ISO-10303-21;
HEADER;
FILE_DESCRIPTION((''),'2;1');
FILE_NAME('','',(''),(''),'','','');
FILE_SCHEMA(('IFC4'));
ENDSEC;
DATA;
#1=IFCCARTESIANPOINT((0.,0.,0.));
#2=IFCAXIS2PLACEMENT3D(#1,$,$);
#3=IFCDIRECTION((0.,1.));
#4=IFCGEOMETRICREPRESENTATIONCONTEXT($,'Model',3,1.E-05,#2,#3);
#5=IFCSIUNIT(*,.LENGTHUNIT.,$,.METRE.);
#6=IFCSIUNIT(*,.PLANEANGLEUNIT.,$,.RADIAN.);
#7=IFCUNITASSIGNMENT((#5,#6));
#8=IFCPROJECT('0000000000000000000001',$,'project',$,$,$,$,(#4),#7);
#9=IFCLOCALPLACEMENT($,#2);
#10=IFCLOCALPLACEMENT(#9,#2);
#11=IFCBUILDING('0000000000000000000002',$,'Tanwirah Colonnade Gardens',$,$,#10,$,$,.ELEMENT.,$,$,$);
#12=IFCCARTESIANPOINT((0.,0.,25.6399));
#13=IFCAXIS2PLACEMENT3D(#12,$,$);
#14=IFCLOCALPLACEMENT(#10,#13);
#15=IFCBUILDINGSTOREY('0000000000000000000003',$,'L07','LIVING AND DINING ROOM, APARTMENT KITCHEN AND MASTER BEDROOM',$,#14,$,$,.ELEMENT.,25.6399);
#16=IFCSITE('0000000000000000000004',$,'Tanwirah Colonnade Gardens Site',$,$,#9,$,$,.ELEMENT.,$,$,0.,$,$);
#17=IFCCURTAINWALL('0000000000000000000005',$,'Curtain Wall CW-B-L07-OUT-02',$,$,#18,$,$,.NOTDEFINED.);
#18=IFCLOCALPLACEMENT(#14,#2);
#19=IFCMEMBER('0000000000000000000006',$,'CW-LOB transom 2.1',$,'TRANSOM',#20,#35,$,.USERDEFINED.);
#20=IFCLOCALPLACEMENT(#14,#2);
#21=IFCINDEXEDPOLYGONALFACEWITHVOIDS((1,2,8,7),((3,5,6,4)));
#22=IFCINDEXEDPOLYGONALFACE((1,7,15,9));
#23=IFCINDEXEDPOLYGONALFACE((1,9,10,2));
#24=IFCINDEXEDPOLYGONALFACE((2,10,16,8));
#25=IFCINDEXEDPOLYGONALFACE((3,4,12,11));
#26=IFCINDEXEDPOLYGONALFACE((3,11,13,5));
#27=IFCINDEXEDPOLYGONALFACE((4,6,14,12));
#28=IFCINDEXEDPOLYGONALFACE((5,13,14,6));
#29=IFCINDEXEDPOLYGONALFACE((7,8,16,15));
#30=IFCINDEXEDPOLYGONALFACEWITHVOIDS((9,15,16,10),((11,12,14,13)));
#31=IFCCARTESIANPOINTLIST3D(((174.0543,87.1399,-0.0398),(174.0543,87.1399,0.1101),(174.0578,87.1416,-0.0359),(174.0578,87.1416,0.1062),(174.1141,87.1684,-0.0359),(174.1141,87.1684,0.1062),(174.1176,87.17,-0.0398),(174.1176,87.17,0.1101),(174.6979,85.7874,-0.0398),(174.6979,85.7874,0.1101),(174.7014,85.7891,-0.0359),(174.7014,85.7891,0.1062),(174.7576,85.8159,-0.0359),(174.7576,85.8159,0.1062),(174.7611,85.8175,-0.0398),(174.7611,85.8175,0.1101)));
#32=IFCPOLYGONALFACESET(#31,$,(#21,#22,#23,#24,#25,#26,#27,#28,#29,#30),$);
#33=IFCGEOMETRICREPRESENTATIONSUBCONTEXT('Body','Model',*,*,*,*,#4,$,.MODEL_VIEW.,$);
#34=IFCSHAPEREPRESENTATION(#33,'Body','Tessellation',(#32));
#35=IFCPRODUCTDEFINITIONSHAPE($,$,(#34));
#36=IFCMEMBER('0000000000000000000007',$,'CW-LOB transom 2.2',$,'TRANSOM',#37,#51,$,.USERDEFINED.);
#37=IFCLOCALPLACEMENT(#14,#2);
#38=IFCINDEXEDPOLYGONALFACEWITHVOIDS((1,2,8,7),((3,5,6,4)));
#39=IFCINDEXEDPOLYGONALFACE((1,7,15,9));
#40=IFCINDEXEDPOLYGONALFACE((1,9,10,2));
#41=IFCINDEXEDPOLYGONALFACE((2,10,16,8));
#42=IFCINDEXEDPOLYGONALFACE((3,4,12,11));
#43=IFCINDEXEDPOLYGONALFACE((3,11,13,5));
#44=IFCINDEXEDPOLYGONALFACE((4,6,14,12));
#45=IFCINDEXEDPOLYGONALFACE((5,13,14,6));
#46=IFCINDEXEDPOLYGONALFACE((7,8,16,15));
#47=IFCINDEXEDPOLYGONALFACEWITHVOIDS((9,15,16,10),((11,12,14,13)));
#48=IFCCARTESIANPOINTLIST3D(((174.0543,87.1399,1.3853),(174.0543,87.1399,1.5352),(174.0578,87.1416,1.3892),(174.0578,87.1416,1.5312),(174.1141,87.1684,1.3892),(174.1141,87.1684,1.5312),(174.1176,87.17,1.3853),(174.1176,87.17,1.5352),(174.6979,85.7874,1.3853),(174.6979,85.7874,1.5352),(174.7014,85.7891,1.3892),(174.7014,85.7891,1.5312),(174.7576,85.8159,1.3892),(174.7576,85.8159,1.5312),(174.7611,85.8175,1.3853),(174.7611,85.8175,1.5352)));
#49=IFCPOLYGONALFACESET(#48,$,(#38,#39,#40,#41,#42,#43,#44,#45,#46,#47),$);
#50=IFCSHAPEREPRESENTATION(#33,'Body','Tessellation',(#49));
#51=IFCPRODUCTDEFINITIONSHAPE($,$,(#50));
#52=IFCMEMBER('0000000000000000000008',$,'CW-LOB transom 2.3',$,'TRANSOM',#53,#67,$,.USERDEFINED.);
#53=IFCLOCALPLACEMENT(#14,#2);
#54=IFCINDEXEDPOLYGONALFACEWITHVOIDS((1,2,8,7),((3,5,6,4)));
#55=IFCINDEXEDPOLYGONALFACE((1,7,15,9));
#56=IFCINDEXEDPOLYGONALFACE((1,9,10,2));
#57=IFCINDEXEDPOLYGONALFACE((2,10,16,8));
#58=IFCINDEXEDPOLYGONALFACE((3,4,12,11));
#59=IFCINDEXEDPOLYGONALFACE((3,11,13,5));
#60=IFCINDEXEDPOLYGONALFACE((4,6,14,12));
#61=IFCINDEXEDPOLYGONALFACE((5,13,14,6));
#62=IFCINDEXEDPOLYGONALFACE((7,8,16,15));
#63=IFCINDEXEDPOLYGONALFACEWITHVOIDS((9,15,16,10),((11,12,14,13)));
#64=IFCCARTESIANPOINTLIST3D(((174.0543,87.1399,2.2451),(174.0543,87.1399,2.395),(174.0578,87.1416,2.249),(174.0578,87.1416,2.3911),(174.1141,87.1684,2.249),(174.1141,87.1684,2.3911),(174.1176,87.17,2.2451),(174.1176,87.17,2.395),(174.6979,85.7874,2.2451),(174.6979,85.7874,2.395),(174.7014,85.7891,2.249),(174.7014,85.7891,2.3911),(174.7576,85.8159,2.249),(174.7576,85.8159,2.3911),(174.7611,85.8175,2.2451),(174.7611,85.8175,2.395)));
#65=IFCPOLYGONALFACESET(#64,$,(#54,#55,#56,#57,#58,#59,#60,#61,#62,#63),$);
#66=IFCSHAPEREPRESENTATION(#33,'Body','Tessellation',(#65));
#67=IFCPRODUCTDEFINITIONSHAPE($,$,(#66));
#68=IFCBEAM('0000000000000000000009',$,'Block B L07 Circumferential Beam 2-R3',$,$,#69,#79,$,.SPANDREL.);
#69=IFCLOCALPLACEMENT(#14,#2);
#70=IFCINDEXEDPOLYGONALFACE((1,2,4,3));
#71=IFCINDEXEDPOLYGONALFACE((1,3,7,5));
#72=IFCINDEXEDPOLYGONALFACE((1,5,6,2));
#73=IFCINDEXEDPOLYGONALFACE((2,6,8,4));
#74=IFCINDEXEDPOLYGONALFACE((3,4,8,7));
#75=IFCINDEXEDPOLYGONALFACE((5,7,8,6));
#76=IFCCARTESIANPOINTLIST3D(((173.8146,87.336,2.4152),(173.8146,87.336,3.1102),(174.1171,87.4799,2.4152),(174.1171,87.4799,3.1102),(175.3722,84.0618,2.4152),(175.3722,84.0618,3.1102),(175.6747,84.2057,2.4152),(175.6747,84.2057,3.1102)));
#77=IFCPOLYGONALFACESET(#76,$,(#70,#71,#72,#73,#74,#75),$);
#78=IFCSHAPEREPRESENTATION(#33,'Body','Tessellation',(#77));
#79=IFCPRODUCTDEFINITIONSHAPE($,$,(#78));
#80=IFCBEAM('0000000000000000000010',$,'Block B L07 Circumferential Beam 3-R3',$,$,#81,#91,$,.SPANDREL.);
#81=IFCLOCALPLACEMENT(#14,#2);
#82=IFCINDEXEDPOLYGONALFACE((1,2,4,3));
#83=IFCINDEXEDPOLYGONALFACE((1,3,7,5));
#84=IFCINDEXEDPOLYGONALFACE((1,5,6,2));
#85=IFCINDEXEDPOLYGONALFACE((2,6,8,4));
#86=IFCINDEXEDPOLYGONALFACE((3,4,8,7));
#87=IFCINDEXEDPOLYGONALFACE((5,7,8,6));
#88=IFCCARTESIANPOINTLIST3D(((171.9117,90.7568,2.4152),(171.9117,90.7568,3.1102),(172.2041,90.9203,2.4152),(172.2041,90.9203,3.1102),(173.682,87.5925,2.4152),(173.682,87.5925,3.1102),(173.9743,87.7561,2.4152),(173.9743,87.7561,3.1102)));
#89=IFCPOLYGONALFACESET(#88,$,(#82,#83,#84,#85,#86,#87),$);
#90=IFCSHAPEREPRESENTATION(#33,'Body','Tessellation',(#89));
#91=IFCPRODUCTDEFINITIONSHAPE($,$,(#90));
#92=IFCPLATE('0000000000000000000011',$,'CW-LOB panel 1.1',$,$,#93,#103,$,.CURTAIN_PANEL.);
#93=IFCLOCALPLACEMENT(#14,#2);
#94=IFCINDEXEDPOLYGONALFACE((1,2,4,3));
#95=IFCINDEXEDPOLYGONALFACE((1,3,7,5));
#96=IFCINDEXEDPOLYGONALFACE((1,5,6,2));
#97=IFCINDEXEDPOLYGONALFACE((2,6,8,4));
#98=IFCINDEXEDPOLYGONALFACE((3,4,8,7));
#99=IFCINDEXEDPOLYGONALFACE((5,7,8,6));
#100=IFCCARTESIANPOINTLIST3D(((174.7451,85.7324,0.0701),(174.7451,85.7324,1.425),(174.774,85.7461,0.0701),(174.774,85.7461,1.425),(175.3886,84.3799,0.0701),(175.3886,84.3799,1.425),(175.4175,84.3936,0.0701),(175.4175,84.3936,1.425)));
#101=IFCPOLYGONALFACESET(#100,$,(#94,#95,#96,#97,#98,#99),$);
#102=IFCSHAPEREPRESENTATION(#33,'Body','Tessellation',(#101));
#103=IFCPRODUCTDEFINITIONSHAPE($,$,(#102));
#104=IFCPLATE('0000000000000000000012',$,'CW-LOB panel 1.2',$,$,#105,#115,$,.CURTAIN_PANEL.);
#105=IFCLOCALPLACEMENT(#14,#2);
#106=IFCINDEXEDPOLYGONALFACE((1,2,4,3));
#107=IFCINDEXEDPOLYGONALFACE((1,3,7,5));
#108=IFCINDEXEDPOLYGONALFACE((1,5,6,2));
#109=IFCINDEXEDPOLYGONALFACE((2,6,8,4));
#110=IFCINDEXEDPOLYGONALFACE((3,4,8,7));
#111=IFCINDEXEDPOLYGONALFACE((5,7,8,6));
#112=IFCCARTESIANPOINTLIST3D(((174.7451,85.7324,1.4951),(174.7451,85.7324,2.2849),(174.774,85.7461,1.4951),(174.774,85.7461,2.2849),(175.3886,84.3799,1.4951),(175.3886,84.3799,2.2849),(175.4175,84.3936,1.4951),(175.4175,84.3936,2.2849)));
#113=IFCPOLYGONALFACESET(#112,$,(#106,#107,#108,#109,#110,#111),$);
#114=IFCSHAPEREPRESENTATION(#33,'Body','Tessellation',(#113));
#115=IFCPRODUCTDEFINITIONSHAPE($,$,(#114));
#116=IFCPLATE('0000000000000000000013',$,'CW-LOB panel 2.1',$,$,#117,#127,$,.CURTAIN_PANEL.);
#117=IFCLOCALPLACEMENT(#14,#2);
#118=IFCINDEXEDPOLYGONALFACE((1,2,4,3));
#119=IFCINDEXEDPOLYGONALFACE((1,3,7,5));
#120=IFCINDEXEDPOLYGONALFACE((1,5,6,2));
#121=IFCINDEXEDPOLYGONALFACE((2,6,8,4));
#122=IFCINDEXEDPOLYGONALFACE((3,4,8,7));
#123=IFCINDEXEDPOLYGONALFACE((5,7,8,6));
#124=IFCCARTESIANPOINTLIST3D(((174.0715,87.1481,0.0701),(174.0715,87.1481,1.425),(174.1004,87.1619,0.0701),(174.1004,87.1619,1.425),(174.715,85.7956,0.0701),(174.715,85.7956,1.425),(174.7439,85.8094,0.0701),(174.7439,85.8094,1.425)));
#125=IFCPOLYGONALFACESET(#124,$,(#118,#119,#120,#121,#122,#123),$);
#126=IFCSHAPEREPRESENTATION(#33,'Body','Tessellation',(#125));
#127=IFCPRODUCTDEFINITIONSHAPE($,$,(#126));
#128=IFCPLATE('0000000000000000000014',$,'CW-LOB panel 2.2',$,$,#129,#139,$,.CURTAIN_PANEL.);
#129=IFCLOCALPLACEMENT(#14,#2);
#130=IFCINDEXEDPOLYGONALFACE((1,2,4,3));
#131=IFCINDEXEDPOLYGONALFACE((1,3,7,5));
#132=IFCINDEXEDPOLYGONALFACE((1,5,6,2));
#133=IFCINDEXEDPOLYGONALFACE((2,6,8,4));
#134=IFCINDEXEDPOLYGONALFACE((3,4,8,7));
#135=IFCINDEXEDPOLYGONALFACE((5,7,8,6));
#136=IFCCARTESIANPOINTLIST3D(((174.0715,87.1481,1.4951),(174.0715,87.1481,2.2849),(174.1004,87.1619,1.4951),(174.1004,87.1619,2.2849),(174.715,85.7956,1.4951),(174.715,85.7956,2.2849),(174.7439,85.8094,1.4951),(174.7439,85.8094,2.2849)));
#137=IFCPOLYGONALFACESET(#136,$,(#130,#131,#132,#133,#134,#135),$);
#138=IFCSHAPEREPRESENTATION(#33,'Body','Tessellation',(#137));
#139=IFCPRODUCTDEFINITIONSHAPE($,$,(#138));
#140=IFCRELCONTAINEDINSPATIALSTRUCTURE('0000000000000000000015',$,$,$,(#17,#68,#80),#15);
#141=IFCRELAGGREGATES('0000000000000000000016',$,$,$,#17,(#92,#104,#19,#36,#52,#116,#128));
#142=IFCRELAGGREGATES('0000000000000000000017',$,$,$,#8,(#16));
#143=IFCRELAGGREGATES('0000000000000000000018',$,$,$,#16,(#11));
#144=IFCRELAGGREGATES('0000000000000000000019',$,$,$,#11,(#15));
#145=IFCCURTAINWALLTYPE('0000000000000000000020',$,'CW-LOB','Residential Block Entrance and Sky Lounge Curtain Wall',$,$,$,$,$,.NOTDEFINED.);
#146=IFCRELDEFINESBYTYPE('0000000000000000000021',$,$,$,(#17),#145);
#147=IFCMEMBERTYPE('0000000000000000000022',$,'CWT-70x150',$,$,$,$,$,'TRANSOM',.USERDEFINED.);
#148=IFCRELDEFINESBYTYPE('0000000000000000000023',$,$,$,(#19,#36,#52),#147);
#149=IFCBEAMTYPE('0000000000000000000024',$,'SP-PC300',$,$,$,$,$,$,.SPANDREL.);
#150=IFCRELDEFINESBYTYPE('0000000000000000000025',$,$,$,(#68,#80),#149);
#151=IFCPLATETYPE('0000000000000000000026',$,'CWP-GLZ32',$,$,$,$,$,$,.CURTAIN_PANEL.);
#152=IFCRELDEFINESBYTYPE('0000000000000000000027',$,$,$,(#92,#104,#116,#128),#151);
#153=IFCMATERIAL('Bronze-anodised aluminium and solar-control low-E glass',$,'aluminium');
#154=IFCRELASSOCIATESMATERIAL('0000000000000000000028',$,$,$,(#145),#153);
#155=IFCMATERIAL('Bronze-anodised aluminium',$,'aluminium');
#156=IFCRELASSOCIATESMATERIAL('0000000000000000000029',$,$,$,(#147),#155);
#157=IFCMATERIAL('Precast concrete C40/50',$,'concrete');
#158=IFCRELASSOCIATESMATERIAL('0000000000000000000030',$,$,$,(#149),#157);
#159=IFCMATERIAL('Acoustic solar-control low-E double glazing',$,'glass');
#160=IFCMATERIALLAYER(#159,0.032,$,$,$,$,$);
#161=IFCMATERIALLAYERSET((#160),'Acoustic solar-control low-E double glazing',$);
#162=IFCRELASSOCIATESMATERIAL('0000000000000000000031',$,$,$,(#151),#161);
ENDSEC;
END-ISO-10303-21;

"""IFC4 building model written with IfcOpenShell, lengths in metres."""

from ifc_helpers import new_model, si_unit, direction, frame, origin, origin_2d, place, context, subcontext, project, spatial, rectangle, hollow_rectangle, extrude, material, layer, layer_set, material_profile, profile_set, type_object, element, aggregate, save


model = new_model("IFC4")

# Units and contexts
model_context = context("Model", 3, precision=1e-05, world=origin(), true_north=direction((0.0, 1.0)))
body_context = subcontext(model_context, "Body", "Model", "MODEL_VIEW")
ifc_project = project(units=[si_unit("LENGTHUNIT", "METRE"), si_unit("PLANEANGLEUNIT", "RADIAN")], contexts=[model_context])

# Site, building, storey
site_placement = place(None, origin())
site = spatial("IfcSite", under=ifc_project, at=site_placement, Name="Tanwirah Colonnade Gardens Site", CompositionType="ELEMENT", RefElevation=0.0)
building_placement = place(site_placement, origin())
building = spatial("IfcBuilding", under=site, at=building_placement, Name="Tanwirah Colonnade Gardens", CompositionType="ELEMENT")
storey_placement = place(building_placement, frame((0.0, 0.0, 25.6399)))
storey = spatial("IfcBuildingStorey", under=building, at=storey_placement, Name="L07", Description="LIVING AND DINING ROOM, APARTMENT KITCHEN AND MASTER BEDROOM", CompositionType="ELEMENT", Elevation=25.6399)

# Shared definitions
ifc_material_1 = material(Name="Precast concrete C40/50", Category="concrete")

# Curtain wall, members
ifc_material_2 = material(Name="Bronze-anodised aluminium and solar-control low-E glass", Category="aluminium")
curtain_wall_type = type_object("IfcCurtainWallType", Name="CW-LOB", Description="Residential Block Entrance and Sky Lounge Curtain Wall", PredefinedType="NOTDEFINED", material=ifc_material_2)
curtain_wall_placement = place(storey_placement, origin())
curtain_wall = element("IfcCurtainWall", 1, at=curtain_wall_placement, inside=storey, type_object=curtain_wall_type, Name="Curtain Wall CW-B-L07-OUT-02", PredefinedType="NOTDEFINED")
ifc_material_3 = material(Name="Bronze-anodised aluminium", Category="aluminium")
ifc_material_profile_1 = material_profile(ifc_material_3, hollow_rectangle(XDim=0.0701, YDim=0.1499, WallThickness=0.0039, at=origin_2d()), Name="CW-TRN 70x150x4")
ifc_profile_set_1 = profile_set([ifc_material_profile_1], Name="Bronze-anodised aluminium")
member_type_1 = type_object("IfcMemberType", Name="CWT-70x150", ElementType="TRANSOM", PredefinedType="USERDEFINED", material=ifc_profile_set_1)
member_1_placement = place(storey_placement, frame((174.7295, 85.8025, 0.0352), z_axis=(-0.429655, 0.902993, 0.0), x_axis=(-0.902993, -0.429655, 0.0)))
member_1 = element("IfcMember", 2, at=member_1_placement, type_object=member_type_1, Name="CW-LOB transom 2.1", ObjectType="TRANSOM", PredefinedType="USERDEFINED", context=body_context, shape_type="SweptSolid", body=[
    extrude(hollow_rectangle(XDim=0.0701, YDim=0.1499, WallThickness=0.0039, at=origin_2d()), origin(), (0.0, 0.0, 1.0), 1.4978),
])
member_2_placement = place(storey_placement, frame((174.7295, 85.8025, 1.4602), z_axis=(-0.429655, 0.902993, 0.0), x_axis=(-0.902993, -0.429655, 0.0)))
member_2 = element("IfcMember", 3, at=member_2_placement, type_object=member_type_1, Name="CW-LOB transom 2.2", ObjectType="TRANSOM", PredefinedType="USERDEFINED", context=body_context, shape_type="SweptSolid", body=[
    extrude(hollow_rectangle(XDim=0.0701, YDim=0.1499, WallThickness=0.0039, at=origin_2d()), origin(), (0.0, 0.0, 1.0), 1.4978),
])
member_3_placement = place(storey_placement, frame((174.7295, 85.8025, 2.3201), z_axis=(-0.429655, 0.902993, 0.0), x_axis=(-0.902993, -0.429655, 0.0)))
member_3 = element("IfcMember", 4, at=member_3_placement, type_object=member_type_1, Name="CW-LOB transom 2.3", ObjectType="TRANSOM", PredefinedType="USERDEFINED", context=body_context, shape_type="SweptSolid", body=[
    extrude(hollow_rectangle(XDim=0.0701, YDim=0.1499, WallThickness=0.0039, at=origin_2d()), origin(), (0.0, 0.0, 1.0), 1.4978),
])

# Beams
ifc_material_profile_2 = material_profile(ifc_material_1, rectangle(XDim=0.335, YDim=0.6951, at=origin_2d()), Name="PC-SP 335x695")
ifc_profile_set_2 = profile_set([ifc_material_profile_2], Name="Precast concrete C40/50")
beam_type_1 = type_object("IfcBeamType", Name="SP-PC300", PredefinedType="SPANDREL", material=ifc_profile_set_2)
for number, where, z_axis, x_axis, name in (
    (5, (175.5234, 84.1338, 2.7627), (-0.429594, 0.903022, 0.0), (-0.903022, -0.429594, 0.0), "Block B L07 Circumferential Beam 2-R3"),
    (6, (173.8281, 87.6743, 2.7627), (-0.488236, 0.872711, 0.0), (-0.872711, -0.488236, 0.0), "Block B L07 Circumferential Beam 3-R3"),
):
    element("IfcBeam", number, at=place(storey_placement, frame(where, z_axis=z_axis, x_axis=x_axis)), inside=storey, type_object=beam_type_1, Name=name, PredefinedType="SPANDREL", context=body_context, shape_type="SweptSolid", body=[
        extrude(rectangle(XDim=0.335, YDim=0.6951, at=origin_2d()), origin(), (0.0, 0.0, 1.0), 3.6257),
    ])

# Plates
ifc_material_4 = material(Name="Acoustic solar-control low-E double glazing", Category="glass")
ifc_layer_1 = layer(ifc_material_4, 0.032)
ifc_layer_set_1 = layer_set([ifc_layer_1], Name="Acoustic solar-control low-E double glazing")
plate_type = type_object("IfcPlateType", Name="CWP-GLZ32", PredefinedType="CURTAIN_PANEL", material=ifc_layer_set_1)
plate_1_placement = place(storey_placement, frame((175.0813, 85.063, 0.0701), z_axis=(0.0, 0.0, 1.0), x_axis=(-0.429635, 0.903002, 0.0)))
plate_1 = element("IfcPlate", 7, at=plate_1_placement, type_object=plate_type, Name="CW-LOB panel 1.1", PredefinedType="CURTAIN_PANEL", context=body_context, shape_type="SweptSolid", body=[
    extrude(rectangle(XDim=1.4978, YDim=0.032, at=origin_2d()), origin(), (0.0, 0.0, 1.0), 1.355),
])
plate_2_placement = place(storey_placement, frame((175.0813, 85.063, 1.4951), z_axis=(0.0, 0.0, 1.0), x_axis=(-0.429635, 0.903002, 0.0)))
plate_2 = element("IfcPlate", 8, at=plate_2_placement, type_object=plate_type, Name="CW-LOB panel 1.2", PredefinedType="CURTAIN_PANEL", context=body_context, shape_type="SweptSolid", body=[
    extrude(rectangle(XDim=1.4978, YDim=0.032, at=origin_2d()), origin(), (0.0, 0.0, 1.0), 0.7898),
])
plate_3_placement = place(storey_placement, frame((174.4077, 86.4788, 0.0701), z_axis=(0.0, 0.0, 1.0), x_axis=(-0.429635, 0.903002, 0.0)))
plate_3 = element("IfcPlate", 9, at=plate_3_placement, type_object=plate_type, Name="CW-LOB panel 2.1", PredefinedType="CURTAIN_PANEL", context=body_context, shape_type="SweptSolid", body=[
    extrude(rectangle(XDim=1.4978, YDim=0.032, at=origin_2d()), origin(), (0.0, 0.0, 1.0), 1.355),
])
plate_4_placement = place(storey_placement, frame((174.4077, 86.4788, 1.4951), z_axis=(0.0, 0.0, 1.0), x_axis=(-0.429635, 0.903002, 0.0)))
plate_4 = element("IfcPlate", 10, at=plate_4_placement, type_object=plate_type, Name="CW-LOB panel 2.2", PredefinedType="CURTAIN_PANEL", context=body_context, shape_type="SweptSolid", body=[
    extrude(rectangle(XDim=1.4978, YDim=0.032, at=origin_2d()), origin(), (0.0, 0.0, 1.0), 0.7898),
])
aggregate(curtain_wall, [plate_1, plate_2, member_1, member_2, member_3, plate_3, plate_4])

save(model, "model.ifc")
